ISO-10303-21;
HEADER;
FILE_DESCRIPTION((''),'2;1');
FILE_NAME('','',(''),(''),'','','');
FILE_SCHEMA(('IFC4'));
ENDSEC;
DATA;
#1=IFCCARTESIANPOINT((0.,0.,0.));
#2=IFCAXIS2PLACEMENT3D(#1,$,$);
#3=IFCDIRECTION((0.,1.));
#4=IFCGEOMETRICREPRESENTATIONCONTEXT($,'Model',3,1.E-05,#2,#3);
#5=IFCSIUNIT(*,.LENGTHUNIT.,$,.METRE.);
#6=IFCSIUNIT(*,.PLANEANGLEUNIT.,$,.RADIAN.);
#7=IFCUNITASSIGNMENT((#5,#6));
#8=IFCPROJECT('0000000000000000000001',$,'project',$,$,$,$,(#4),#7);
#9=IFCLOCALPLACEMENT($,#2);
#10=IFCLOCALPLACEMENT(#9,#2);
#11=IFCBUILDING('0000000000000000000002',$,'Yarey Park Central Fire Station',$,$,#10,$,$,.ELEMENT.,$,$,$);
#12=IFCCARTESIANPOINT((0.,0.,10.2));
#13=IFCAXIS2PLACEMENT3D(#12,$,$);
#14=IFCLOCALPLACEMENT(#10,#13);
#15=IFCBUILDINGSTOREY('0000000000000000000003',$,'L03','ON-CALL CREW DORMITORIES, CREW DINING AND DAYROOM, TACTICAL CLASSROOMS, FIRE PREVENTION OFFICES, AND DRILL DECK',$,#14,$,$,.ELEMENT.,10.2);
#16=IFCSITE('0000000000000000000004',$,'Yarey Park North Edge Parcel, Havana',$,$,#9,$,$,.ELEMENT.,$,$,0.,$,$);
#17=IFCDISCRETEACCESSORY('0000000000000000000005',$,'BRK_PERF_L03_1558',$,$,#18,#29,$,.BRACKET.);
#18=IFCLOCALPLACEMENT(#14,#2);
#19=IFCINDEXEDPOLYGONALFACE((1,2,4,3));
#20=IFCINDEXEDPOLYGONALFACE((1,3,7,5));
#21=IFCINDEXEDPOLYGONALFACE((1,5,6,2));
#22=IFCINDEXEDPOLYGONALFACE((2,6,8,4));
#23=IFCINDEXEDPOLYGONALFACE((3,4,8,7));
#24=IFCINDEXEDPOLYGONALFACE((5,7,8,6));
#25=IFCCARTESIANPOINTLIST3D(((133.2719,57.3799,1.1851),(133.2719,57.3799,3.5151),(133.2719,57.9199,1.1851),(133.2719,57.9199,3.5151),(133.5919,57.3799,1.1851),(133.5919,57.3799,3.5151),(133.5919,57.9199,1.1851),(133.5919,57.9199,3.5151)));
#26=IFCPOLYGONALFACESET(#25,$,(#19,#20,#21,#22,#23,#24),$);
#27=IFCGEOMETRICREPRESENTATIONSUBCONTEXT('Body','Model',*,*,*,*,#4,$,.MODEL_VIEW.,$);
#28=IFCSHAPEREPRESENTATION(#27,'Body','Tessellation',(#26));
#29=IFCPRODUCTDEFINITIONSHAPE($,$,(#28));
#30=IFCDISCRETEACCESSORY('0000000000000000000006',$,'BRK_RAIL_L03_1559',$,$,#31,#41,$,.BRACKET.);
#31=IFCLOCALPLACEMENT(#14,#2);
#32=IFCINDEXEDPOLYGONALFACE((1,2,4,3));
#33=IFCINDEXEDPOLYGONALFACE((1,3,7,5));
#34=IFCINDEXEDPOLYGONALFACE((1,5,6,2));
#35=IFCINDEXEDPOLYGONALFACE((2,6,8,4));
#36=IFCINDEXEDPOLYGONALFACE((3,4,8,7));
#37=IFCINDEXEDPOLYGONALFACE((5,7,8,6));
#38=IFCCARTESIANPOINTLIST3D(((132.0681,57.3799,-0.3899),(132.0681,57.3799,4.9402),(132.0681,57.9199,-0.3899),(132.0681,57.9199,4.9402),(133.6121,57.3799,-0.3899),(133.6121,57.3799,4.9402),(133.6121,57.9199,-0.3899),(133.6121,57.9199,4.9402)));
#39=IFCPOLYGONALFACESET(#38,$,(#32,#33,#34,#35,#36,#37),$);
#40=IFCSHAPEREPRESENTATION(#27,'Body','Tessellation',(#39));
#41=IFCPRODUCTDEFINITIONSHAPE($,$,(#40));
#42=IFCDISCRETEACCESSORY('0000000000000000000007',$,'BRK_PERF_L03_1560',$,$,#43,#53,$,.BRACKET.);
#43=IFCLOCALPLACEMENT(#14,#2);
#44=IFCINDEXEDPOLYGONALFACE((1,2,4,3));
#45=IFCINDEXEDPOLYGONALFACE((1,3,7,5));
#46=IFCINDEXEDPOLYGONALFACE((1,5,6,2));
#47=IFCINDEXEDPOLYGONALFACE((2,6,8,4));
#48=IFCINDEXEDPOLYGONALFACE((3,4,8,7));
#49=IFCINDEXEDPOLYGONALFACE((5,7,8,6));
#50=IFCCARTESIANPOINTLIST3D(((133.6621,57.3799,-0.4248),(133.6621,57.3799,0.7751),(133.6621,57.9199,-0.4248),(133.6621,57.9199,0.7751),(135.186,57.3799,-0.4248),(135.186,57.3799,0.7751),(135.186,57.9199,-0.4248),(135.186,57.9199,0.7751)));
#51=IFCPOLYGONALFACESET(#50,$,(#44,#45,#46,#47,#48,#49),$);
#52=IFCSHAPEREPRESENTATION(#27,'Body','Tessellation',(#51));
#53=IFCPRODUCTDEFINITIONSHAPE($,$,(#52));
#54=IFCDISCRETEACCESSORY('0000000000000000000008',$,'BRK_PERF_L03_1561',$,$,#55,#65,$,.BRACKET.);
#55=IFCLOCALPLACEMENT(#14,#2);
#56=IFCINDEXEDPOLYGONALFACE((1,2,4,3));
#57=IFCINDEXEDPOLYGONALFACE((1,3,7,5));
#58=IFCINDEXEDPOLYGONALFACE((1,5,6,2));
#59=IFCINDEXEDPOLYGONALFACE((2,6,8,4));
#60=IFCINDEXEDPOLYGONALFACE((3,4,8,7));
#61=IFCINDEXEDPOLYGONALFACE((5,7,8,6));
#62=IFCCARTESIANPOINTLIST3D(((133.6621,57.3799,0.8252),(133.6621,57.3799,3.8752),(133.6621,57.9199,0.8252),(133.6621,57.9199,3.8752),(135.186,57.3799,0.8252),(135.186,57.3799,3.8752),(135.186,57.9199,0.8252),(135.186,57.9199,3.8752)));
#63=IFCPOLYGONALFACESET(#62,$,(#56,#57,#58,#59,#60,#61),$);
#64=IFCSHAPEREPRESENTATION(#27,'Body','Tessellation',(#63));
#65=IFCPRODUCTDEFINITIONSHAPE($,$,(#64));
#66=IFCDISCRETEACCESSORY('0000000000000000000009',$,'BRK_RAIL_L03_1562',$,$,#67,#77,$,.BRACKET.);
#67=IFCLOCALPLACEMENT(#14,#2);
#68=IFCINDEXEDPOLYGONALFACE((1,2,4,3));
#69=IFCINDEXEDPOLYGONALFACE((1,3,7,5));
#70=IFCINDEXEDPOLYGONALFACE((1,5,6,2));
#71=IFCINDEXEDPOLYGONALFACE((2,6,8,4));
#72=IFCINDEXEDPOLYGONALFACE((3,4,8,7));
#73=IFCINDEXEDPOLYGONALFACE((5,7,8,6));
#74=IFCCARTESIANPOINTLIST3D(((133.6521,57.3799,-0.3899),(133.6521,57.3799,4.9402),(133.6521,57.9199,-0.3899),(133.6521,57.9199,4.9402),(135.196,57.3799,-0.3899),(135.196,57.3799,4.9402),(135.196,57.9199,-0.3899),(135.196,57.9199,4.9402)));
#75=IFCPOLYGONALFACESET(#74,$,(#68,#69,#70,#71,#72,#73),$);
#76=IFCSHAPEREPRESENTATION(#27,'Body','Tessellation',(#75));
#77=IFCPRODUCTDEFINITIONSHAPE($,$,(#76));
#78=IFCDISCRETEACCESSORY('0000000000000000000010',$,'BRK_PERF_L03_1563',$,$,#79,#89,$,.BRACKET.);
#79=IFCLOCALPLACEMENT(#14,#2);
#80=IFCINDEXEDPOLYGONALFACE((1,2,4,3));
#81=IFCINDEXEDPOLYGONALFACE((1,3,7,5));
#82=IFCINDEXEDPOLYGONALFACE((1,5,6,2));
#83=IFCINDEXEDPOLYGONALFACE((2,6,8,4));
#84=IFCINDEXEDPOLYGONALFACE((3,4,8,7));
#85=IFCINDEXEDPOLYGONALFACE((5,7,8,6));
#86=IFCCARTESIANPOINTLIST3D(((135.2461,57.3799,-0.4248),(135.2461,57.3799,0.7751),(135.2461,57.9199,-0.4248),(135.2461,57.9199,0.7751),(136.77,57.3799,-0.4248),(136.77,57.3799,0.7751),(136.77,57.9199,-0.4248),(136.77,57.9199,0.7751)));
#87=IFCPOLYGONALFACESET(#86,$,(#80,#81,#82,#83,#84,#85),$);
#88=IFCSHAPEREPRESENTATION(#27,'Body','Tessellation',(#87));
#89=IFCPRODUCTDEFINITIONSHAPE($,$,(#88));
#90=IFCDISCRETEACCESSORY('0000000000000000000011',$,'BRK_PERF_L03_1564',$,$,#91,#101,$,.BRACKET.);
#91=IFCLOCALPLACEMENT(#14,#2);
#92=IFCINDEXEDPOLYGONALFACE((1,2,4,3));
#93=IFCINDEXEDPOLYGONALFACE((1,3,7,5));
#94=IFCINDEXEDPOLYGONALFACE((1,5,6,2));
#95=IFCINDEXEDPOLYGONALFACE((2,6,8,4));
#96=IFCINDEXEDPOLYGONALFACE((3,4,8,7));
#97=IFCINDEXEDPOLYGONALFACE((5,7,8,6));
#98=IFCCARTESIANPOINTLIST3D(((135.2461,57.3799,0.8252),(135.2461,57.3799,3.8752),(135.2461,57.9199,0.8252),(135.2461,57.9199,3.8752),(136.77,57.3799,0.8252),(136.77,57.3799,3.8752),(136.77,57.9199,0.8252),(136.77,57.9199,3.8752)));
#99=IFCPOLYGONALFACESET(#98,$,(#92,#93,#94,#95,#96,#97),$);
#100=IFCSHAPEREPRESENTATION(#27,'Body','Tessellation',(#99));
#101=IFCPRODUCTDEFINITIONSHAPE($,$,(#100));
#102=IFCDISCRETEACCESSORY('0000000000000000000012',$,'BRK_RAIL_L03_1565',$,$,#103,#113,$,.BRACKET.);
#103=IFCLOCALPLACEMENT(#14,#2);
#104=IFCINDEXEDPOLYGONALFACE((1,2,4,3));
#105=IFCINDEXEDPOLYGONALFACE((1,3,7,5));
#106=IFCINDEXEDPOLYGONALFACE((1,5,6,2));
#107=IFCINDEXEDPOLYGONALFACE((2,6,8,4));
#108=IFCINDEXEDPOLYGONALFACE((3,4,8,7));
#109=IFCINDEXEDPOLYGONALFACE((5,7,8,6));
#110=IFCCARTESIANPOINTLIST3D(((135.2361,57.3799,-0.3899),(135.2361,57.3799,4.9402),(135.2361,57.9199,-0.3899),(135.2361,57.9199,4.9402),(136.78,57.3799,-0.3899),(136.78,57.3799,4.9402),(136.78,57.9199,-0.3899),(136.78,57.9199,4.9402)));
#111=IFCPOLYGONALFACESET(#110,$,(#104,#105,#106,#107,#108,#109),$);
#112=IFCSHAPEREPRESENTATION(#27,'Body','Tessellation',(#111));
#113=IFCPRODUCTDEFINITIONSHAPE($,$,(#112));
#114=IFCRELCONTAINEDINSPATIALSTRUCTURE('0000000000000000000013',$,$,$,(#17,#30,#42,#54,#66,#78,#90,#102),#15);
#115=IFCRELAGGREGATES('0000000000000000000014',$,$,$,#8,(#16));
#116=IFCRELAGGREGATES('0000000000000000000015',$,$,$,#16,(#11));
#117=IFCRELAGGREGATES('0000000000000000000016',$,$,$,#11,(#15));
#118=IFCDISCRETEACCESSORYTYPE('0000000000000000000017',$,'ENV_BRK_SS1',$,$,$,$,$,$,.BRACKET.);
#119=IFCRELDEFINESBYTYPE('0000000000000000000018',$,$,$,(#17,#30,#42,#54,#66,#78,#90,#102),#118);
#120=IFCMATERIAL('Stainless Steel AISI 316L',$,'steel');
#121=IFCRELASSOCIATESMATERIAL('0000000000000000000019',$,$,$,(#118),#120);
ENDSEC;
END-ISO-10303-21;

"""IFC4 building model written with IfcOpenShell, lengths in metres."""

from ifc_helpers import new_model, si_unit, direction, frame, origin, origin_2d, place, context, subcontext, project, spatial, rectangle, extrude, material, type_object, element, save


model = new_model("IFC4")

# Units and contexts
model_context = context("Model", 3, precision=1e-05, world=origin(), true_north=direction((0.0, 1.0)))
body_context = subcontext(model_context, "Body", "Model", "MODEL_VIEW")
ifc_project = project(units=[si_unit("LENGTHUNIT", "METRE"), si_unit("PLANEANGLEUNIT", "RADIAN")], contexts=[model_context])

# Site, building, storey
site_placement = place(None, origin())
site = spatial("IfcSite", under=ifc_project, at=site_placement, Name="Yarey Park North Edge Parcel, Havana", CompositionType="ELEMENT", RefElevation=0.0)
building_placement = place(site_placement, origin())
building = spatial("IfcBuilding", under=site, at=building_placement, Name="Yarey Park Central Fire Station", CompositionType="ELEMENT")
storey_placement = place(building_placement, frame((0.0, 0.0, 10.2)))
storey = spatial("IfcBuildingStorey", under=building, at=storey_placement, Name="L03", Description="ON-CALL CREW DORMITORIES, CREW DINING AND DAYROOM, TACTICAL CLASSROOMS, FIRE PREVENTION OFFICES, AND DRILL DECK", CompositionType="ELEMENT", Elevation=10.2)

# Discrete accessories
ifc_material_1 = material(Name="Stainless Steel AISI 316L", Category="steel")
discrete_accessory_type = type_object("IfcDiscreteAccessoryType", Name="ENV_BRK_SS1", PredefinedType="BRACKET", material=ifc_material_1)
for number, where, z_axis, x_axis, name in (
    (1, (133.4319, 57.6499, 1.1851), (0.0, 0.0, 1.0), (1.0, 0.0, 0.0), "BRK_PERF_L03_1558"),
):
    element("IfcDiscreteAccessory", number, at=place(storey_placement, frame(where, z_axis=z_axis, x_axis=x_axis)), inside=storey, type_object=discrete_accessory_type, Name=name, PredefinedType="BRACKET", context=body_context, shape_type="SweptSolid", body=[
        extrude(rectangle(XDim=0.3201, YDim=0.54, at=origin_2d()), origin(), (0.0, 0.0, 1.0), 2.3301),
    ])
discrete_accessory_1_placement = place(storey_placement, frame((132.8401, 57.6499, -0.3899), z_axis=(0.0, 0.0, 1.0), x_axis=(1.0, 0.0, 0.0)))
element("IfcDiscreteAccessory", 2, at=discrete_accessory_1_placement, inside=storey, type_object=discrete_accessory_type, Name="BRK_RAIL_L03_1559", PredefinedType="BRACKET", context=body_context, shape_type="SweptSolid", body=[
    extrude(rectangle(XDim=1.5439, YDim=0.54, at=origin_2d()), origin(), (0.0, 0.0, 1.0), 5.3301),
])
discrete_accessory_2_placement = place(storey_placement, frame((134.4241, 57.6499, -0.4248), z_axis=(0.0, 0.0, 1.0), x_axis=(1.0, 0.0, 0.0)))
element("IfcDiscreteAccessory", 3, at=discrete_accessory_2_placement, inside=storey, type_object=discrete_accessory_type, Name="BRK_PERF_L03_1560", PredefinedType="BRACKET", context=body_context, shape_type="SweptSolid", body=[
    extrude(rectangle(XDim=1.5239, YDim=0.54, at=origin_2d()), origin(), (0.0, 0.0, 1.0), 1.2),
])
discrete_accessory_3_placement = place(storey_placement, frame((134.4241, 57.6499, 0.8252), z_axis=(0.0, 0.0, 1.0), x_axis=(1.0, 0.0, 0.0)))
element("IfcDiscreteAccessory", 4, at=discrete_accessory_3_placement, inside=storey, type_object=discrete_accessory_type, Name="BRK_PERF_L03_1561", PredefinedType="BRACKET", context=body_context, shape_type="SweptSolid", body=[
    extrude(rectangle(XDim=1.5239, YDim=0.54, at=origin_2d()), origin(), (0.0, 0.0, 1.0), 3.05),
])
discrete_accessory_4_placement = place(storey_placement, frame((134.4241, 57.6499, -0.3899), z_axis=(0.0, 0.0, 1.0), x_axis=(1.0, 0.0, 0.0)))
element("IfcDiscreteAccessory", 5, at=discrete_accessory_4_placement, inside=storey, type_object=discrete_accessory_type, Name="BRK_RAIL_L03_1562", PredefinedType="BRACKET", context=body_context, shape_type="SweptSolid", body=[
    extrude(rectangle(XDim=1.5439, YDim=0.54, at=origin_2d()), origin(), (0.0, 0.0, 1.0), 5.3301),
])
discrete_accessory_5_placement = place(storey_placement, frame((136.0081, 57.6499, -0.4248), z_axis=(0.0, 0.0, 1.0), x_axis=(1.0, 0.0, 0.0)))
element("IfcDiscreteAccessory", 6, at=discrete_accessory_5_placement, inside=storey, type_object=discrete_accessory_type, Name="BRK_PERF_L03_1563", PredefinedType="BRACKET", context=body_context, shape_type="SweptSolid", body=[
    extrude(rectangle(XDim=1.5239, YDim=0.54, at=origin_2d()), origin(), (0.0, 0.0, 1.0), 1.2),
])
discrete_accessory_6_placement = place(storey_placement, frame((136.0081, 57.6499, 0.8252), z_axis=(0.0, 0.0, 1.0), x_axis=(1.0, 0.0, 0.0)))
element("IfcDiscreteAccessory", 7, at=discrete_accessory_6_placement, inside=storey, type_object=discrete_accessory_type, Name="BRK_PERF_L03_1564", PredefinedType="BRACKET", context=body_context, shape_type="SweptSolid", body=[
    extrude(rectangle(XDim=1.5239, YDim=0.54, at=origin_2d()), origin(), (0.0, 0.0, 1.0), 3.05),
])
discrete_accessory_7_placement = place(storey_placement, frame((136.0081, 57.6499, -0.3899), z_axis=(0.0, 0.0, 1.0), x_axis=(1.0, 0.0, 0.0)))
element("IfcDiscreteAccessory", 8, at=discrete_accessory_7_placement, inside=storey, type_object=discrete_accessory_type, Name="BRK_RAIL_L03_1565", PredefinedType="BRACKET", context=body_context, shape_type="SweptSolid", body=[
    extrude(rectangle(XDim=1.5439, YDim=0.54, at=origin_2d()), origin(), (0.0, 0.0, 1.0), 5.3301),
])

save(model, "model.ifc")
